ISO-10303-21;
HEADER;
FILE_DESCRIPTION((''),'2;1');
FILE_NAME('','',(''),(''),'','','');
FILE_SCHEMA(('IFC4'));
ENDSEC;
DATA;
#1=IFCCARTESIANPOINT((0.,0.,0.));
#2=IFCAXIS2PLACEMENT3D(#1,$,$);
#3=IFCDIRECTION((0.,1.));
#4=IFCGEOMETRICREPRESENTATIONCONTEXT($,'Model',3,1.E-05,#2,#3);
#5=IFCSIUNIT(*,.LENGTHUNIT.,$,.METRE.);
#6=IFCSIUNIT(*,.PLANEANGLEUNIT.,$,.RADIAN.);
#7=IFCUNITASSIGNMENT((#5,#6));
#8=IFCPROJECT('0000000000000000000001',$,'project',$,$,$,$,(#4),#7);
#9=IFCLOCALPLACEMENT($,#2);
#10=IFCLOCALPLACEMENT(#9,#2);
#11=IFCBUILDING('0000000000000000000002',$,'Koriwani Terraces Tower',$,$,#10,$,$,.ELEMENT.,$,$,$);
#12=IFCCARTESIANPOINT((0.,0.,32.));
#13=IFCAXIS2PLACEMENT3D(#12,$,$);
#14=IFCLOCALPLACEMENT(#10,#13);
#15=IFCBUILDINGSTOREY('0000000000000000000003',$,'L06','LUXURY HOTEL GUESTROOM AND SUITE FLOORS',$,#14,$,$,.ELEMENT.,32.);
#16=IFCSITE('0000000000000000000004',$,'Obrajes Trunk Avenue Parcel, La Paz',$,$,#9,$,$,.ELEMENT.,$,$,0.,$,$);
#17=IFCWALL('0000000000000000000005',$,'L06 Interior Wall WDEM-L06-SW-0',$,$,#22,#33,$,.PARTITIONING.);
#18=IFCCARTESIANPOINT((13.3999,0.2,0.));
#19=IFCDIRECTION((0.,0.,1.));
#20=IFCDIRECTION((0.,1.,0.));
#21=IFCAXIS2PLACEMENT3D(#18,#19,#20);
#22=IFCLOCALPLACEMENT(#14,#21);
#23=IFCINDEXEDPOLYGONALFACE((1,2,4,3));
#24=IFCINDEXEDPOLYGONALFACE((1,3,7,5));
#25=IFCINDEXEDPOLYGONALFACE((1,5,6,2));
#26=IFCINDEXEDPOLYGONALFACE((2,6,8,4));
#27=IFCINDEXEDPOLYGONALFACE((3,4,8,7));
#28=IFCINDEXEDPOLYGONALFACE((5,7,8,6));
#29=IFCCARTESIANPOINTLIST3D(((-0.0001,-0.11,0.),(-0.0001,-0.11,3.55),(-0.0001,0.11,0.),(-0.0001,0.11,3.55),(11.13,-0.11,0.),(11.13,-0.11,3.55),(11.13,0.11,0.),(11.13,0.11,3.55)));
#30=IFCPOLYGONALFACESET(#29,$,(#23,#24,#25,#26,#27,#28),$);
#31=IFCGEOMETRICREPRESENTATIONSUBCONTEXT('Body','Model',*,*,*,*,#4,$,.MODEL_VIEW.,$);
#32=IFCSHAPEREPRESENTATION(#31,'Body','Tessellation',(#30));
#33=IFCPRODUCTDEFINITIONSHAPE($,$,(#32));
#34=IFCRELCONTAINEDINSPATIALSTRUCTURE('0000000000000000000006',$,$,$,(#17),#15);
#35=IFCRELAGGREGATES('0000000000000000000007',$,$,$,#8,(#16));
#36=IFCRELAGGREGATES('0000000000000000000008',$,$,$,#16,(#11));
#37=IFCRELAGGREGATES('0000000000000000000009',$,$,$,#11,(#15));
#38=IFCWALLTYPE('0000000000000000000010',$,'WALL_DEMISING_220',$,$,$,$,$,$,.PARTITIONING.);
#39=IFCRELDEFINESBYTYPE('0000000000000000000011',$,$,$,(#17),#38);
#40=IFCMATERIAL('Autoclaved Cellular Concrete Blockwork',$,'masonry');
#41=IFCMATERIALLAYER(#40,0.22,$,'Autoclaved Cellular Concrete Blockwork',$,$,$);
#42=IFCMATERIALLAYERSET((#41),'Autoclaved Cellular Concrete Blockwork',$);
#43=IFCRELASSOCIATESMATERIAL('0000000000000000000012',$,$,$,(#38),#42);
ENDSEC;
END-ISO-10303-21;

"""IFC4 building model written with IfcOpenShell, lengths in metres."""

from ifc_helpers import new_model, si_unit, direction, frame, frame_2d, origin, place, context, subcontext, project, spatial, rectangle, extrude, material, layer, layer_set, type_object, element, save


model = new_model("IFC4")

# Units and contexts
model_context = context("Model", 3, precision=1e-05, world=origin(), true_north=direction((0.0, 1.0)))
body_context = subcontext(model_context, "Body", "Model", "MODEL_VIEW")
ifc_project = project(units=[si_unit("LENGTHUNIT", "METRE"), si_unit("PLANEANGLEUNIT", "RADIAN")], contexts=[model_context])

# Site, building, storey
site_placement = place(None, origin())
site = spatial("IfcSite", under=ifc_project, at=site_placement, Name="Obrajes Trunk Avenue Parcel, La Paz", CompositionType="ELEMENT", RefElevation=0.0)
building_placement = place(site_placement, origin())
building = spatial("IfcBuilding", under=site, at=building_placement, Name="Koriwani Terraces Tower", CompositionType="ELEMENT")
storey_placement = place(building_placement, frame((0.0, 0.0, 32.0)))
storey = spatial("IfcBuildingStorey", under=building, at=storey_placement, Name="L06", Description="LUXURY HOTEL GUESTROOM AND SUITE FLOORS", CompositionType="ELEMENT", Elevation=32.0)

# Shared definitions
ifc_material_1 = material(Name="Autoclaved Cellular Concrete Blockwork", Category="masonry")

# Wall
ifc_layer_1 = layer(ifc_material_1, 0.22, Name="Autoclaved Cellular Concrete Blockwork")
ifc_layer_set_1 = layer_set([ifc_layer_1], Name="Autoclaved Cellular Concrete Blockwork")
wall_type_1 = type_object("IfcWallType", Name="WALL_DEMISING_220", PredefinedType="PARTITIONING", material=ifc_layer_set_1)
wall_1_placement = place(storey_placement, frame((13.3999, 0.2, 0.0), z_axis=(0.0, 0.0, 1.0), x_axis=(0.0, 1.0, 0.0)))
element("IfcWall", 1, at=wall_1_placement, inside=storey, type_object=wall_type_1, Name="L06 Interior Wall WDEM-L06-SW-0", PredefinedType="PARTITIONING", context=body_context, shape_type="SweptSolid", body=[
    extrude(rectangle(XDim=11.1301, YDim=0.22, at=frame_2d((5.5649, 0.0))), origin(), (0.0, 0.0, 1.0), 3.55),
])

save(model, "model.ifc")
